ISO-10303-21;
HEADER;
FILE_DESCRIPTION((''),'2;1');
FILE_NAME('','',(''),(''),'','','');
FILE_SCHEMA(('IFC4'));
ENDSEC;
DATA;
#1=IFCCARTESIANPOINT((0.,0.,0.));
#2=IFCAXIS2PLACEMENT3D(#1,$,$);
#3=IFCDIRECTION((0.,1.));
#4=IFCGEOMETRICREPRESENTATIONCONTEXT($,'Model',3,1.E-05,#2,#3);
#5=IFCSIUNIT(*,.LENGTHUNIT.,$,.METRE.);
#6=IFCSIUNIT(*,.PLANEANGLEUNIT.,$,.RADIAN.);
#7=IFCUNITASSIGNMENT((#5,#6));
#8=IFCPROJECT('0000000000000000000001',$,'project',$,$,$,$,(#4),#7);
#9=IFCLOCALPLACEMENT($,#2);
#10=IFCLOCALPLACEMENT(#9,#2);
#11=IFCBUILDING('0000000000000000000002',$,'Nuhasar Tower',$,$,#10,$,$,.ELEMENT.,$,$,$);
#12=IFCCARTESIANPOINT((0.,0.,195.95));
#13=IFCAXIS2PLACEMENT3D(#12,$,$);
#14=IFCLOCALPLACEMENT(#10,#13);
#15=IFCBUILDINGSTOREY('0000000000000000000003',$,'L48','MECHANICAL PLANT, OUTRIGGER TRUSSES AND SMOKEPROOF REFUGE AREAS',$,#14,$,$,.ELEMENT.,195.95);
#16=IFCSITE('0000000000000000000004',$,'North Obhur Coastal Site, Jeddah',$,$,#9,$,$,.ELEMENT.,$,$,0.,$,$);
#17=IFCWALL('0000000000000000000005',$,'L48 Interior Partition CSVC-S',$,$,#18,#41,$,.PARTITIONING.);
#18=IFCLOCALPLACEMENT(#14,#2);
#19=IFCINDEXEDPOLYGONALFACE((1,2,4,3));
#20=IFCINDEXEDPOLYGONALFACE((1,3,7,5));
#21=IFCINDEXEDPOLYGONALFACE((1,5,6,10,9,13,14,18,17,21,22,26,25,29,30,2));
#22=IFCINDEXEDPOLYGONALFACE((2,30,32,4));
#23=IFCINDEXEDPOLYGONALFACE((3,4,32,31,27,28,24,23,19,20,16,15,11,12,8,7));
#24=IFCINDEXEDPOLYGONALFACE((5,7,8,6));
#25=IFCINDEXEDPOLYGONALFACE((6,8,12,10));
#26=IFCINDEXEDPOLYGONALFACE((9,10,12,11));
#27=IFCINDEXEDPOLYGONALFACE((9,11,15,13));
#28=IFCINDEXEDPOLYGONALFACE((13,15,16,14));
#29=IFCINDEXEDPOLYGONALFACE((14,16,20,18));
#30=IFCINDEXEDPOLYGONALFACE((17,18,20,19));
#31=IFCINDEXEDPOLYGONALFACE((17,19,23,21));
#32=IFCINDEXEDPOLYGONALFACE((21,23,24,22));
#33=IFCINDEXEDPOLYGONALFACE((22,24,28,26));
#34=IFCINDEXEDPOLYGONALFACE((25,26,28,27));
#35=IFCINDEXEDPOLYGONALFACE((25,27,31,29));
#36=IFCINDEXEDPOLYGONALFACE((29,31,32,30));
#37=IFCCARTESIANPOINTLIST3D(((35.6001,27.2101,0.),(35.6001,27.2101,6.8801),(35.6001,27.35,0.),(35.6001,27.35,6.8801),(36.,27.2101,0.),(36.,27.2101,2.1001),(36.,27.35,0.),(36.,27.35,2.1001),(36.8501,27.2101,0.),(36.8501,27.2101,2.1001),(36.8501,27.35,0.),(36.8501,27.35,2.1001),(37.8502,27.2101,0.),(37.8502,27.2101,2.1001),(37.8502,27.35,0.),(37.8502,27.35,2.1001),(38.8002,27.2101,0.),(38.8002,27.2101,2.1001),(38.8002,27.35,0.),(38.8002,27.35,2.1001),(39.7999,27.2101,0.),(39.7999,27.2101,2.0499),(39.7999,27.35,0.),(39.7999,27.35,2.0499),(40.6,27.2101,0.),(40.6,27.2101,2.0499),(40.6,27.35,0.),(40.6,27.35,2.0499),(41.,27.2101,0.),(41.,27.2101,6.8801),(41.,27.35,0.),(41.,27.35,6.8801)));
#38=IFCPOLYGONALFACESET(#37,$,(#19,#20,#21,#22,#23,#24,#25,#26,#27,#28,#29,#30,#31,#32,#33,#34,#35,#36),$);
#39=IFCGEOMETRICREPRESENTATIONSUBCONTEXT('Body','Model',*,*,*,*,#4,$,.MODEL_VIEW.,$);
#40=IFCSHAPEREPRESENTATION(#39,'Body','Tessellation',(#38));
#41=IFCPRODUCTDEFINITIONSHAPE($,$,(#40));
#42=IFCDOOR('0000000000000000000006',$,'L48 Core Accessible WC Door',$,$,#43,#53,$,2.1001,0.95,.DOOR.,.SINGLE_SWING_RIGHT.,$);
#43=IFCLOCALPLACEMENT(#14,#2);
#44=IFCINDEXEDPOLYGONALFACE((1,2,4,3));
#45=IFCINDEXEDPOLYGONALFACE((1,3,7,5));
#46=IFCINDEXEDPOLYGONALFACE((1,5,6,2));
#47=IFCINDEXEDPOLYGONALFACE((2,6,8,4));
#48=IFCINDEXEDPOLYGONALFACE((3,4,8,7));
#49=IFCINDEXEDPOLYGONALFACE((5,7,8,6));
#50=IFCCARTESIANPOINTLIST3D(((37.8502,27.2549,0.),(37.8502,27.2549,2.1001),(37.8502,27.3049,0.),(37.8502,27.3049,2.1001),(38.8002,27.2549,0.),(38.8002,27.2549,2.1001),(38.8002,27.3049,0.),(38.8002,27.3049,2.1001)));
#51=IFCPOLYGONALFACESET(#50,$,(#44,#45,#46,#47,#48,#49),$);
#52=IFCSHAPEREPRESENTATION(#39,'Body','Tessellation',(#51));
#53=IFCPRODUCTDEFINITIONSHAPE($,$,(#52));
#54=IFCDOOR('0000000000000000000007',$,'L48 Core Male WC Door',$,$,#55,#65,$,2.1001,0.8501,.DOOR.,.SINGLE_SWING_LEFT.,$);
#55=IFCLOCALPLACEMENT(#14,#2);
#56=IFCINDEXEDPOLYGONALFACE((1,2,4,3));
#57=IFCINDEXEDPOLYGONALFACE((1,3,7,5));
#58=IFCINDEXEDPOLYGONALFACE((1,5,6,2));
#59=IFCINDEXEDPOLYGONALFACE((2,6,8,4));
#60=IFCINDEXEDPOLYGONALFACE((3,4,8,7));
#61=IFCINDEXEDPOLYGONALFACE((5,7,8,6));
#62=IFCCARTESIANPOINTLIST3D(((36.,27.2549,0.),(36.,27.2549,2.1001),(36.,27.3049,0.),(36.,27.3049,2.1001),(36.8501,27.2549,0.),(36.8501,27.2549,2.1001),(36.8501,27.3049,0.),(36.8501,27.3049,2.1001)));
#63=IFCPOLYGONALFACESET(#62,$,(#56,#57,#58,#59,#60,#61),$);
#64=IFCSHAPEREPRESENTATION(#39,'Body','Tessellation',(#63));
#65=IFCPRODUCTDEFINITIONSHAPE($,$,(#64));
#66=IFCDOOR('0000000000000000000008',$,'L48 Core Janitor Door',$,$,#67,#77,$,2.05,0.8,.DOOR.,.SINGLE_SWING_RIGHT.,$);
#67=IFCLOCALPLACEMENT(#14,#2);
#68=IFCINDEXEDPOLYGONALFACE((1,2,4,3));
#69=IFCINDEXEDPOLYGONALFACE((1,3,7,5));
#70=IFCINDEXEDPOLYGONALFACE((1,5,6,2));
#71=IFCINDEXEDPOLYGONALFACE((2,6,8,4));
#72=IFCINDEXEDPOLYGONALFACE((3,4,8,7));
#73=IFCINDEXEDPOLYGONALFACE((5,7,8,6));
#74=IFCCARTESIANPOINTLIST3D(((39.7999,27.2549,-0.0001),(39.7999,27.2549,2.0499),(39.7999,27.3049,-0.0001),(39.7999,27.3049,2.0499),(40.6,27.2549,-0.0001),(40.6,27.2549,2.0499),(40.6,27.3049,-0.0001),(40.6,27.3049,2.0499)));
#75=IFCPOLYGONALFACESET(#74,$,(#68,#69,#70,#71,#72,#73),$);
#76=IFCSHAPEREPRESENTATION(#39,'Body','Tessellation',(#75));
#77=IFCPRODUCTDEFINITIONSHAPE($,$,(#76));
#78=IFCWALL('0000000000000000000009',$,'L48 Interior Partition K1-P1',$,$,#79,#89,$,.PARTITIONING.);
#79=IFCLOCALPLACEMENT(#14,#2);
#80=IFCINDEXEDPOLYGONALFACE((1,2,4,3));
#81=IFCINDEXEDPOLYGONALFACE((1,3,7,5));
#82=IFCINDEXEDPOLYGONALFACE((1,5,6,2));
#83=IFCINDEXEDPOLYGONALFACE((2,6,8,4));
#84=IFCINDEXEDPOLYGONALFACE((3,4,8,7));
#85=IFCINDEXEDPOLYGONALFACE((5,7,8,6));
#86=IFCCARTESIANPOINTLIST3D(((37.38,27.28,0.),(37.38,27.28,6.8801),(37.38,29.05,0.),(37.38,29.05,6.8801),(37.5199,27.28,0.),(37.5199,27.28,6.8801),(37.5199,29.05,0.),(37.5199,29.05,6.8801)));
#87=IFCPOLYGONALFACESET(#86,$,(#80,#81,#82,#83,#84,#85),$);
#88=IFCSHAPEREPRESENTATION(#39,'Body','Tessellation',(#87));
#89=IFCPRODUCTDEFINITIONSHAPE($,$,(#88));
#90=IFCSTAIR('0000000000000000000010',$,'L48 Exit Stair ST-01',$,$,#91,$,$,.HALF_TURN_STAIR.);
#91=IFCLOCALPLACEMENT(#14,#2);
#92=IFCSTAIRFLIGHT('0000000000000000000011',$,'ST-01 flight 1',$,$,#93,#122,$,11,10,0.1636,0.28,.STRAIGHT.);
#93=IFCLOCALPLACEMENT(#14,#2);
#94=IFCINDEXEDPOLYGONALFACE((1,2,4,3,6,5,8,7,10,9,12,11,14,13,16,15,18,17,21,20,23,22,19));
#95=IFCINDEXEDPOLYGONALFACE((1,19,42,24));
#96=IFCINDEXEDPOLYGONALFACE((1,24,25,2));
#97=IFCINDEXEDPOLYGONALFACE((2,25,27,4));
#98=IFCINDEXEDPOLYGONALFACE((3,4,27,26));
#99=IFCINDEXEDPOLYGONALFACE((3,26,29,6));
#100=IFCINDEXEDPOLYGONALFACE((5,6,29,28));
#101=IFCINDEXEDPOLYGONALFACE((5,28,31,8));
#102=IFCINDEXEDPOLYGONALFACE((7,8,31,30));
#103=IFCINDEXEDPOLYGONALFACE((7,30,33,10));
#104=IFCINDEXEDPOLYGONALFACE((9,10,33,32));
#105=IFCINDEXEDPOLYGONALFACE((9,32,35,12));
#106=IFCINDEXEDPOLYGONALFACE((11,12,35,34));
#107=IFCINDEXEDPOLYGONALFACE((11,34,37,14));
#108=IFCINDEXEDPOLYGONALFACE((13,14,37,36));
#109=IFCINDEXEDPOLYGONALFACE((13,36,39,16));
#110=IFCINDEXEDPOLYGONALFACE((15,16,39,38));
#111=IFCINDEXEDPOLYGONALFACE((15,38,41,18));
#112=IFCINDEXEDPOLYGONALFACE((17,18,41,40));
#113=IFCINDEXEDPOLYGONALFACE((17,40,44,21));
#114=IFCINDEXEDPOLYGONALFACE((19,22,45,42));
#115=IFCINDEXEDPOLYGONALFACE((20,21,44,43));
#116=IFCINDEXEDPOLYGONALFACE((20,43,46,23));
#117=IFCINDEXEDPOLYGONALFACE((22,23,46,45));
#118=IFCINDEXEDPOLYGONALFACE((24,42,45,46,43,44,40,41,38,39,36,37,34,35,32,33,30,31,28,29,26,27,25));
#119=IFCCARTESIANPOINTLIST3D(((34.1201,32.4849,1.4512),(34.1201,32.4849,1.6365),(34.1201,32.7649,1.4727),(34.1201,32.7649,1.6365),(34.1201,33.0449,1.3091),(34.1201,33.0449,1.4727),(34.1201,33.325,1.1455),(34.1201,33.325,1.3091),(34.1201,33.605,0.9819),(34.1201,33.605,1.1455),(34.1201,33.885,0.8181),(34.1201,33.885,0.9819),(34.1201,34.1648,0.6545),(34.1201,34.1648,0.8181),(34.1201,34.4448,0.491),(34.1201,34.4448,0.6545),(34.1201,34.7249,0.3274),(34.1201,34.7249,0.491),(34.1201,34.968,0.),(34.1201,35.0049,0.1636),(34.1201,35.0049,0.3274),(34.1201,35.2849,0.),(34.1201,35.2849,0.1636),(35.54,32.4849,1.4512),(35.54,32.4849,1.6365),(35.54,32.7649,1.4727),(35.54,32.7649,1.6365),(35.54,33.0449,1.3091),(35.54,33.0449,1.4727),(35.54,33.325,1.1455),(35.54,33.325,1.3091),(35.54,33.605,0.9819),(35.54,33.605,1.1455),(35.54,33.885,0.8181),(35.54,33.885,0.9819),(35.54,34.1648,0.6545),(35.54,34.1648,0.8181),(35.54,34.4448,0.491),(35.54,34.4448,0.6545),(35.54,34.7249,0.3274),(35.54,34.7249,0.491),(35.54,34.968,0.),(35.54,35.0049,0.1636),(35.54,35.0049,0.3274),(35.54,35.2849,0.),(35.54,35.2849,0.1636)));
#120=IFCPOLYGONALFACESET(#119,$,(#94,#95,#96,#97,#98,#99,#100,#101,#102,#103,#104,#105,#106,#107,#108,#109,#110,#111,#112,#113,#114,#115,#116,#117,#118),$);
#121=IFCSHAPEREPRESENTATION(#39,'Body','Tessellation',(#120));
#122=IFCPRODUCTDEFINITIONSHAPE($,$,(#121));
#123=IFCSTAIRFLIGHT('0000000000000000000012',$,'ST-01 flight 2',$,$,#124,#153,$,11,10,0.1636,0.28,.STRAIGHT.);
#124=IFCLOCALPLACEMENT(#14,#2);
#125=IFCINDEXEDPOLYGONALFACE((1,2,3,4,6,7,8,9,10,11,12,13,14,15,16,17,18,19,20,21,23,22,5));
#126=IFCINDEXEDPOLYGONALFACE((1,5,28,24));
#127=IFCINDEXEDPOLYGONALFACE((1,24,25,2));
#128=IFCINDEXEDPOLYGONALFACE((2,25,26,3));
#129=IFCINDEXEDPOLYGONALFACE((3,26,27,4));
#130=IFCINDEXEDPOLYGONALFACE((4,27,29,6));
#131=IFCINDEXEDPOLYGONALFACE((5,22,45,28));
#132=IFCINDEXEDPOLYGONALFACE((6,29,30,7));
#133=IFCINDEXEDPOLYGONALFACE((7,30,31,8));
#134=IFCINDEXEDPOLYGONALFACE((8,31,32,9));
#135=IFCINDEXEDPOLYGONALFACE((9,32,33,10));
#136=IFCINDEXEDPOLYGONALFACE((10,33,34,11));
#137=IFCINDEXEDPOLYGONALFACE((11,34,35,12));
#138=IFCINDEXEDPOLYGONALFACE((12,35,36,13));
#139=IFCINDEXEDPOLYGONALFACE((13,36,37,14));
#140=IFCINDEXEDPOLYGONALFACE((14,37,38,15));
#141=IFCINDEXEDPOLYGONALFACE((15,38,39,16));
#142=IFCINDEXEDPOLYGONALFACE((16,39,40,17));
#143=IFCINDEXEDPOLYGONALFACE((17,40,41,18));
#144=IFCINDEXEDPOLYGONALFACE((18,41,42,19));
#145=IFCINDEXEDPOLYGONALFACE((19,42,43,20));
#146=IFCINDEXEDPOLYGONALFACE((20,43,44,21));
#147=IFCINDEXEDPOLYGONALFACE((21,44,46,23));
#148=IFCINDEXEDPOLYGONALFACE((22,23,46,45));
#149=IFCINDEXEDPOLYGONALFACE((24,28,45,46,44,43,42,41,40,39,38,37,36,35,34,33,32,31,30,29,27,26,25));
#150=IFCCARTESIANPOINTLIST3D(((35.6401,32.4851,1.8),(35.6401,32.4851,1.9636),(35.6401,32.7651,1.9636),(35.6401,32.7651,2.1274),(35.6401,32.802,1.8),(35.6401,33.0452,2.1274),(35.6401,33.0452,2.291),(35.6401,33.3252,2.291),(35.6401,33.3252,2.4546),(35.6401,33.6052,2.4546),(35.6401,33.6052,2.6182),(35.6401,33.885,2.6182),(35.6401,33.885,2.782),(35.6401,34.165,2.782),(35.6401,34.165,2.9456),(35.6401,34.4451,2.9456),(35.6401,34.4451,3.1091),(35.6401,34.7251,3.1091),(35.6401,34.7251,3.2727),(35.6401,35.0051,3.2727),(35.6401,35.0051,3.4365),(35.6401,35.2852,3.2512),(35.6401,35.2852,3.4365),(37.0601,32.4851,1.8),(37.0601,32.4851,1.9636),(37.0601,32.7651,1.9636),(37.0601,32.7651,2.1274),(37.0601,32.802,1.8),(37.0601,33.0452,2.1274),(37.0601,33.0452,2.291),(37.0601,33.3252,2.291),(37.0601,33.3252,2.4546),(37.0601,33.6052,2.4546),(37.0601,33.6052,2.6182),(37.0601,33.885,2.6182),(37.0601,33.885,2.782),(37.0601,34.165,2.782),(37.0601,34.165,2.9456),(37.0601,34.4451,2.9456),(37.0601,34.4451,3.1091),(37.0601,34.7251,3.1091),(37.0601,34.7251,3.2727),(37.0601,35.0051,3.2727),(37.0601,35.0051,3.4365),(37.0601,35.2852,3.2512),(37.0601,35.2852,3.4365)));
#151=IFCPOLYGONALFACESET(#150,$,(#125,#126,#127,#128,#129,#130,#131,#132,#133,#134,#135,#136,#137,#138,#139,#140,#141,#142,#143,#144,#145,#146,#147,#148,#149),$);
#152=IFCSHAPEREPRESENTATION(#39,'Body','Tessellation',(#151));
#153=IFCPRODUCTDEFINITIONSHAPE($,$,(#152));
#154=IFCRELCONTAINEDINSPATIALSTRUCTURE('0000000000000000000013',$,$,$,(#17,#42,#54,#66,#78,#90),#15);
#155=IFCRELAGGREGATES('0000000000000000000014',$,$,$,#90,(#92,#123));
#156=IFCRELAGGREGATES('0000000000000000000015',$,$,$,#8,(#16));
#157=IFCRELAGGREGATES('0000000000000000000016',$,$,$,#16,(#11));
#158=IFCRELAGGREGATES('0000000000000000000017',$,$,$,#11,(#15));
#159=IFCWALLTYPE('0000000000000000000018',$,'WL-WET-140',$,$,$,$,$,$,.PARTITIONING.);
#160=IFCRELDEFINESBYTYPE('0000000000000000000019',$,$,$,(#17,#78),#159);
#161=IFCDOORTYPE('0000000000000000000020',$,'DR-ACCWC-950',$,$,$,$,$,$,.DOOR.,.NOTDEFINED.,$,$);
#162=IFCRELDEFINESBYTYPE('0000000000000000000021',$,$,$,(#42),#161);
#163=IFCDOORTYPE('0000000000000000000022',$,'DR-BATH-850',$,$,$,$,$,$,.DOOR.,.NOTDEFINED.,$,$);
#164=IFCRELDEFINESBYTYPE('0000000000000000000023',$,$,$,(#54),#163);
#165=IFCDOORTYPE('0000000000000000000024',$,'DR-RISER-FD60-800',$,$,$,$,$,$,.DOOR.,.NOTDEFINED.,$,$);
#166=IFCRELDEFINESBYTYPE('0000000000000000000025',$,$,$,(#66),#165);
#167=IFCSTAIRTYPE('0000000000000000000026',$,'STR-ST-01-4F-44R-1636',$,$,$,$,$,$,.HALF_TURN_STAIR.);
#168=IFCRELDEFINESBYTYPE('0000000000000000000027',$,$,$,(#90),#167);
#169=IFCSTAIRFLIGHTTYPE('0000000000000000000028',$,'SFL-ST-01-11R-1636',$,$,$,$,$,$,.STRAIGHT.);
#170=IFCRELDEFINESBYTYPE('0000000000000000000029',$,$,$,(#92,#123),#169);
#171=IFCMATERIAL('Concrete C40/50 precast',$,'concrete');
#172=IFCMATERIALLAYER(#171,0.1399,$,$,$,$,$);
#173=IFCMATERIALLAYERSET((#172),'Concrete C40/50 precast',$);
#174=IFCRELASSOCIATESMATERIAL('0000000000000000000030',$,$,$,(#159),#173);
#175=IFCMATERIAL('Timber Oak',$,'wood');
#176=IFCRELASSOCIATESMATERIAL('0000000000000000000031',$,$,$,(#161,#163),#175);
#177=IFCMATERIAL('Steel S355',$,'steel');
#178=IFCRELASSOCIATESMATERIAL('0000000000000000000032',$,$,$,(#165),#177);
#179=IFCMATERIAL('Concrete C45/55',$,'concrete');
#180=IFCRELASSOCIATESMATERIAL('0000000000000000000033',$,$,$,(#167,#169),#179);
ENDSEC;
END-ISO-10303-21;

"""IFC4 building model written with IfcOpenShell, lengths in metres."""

from ifc_helpers import new_model, si_unit, direction, frame, frame_2d, origin, place, context, subcontext, project, spatial, polyline, rectangle, outline, extrude, material, layer, layer_set, type_object, element, fill, aggregate, save


model = new_model("IFC4")

# Units and contexts
model_context = context("Model", 3, precision=1e-05, world=origin(), true_north=direction((0.0, 1.0)))
body_context = subcontext(model_context, "Body", "Model", "MODEL_VIEW")
ifc_project = project(units=[si_unit("LENGTHUNIT", "METRE"), si_unit("PLANEANGLEUNIT", "RADIAN")], contexts=[model_context])

# Site, building, storey
site_placement = place(None, origin())
site = spatial("IfcSite", under=ifc_project, at=site_placement, Name="North Obhur Coastal Site, Jeddah", CompositionType="ELEMENT", RefElevation=0.0)
building_placement = place(site_placement, origin())
building = spatial("IfcBuilding", under=site, at=building_placement, Name="Nuhasar Tower", CompositionType="ELEMENT")
storey_placement = place(building_placement, frame((0.0, 0.0, 195.95)))
storey = spatial("IfcBuildingStorey", under=building, at=storey_placement, Name="L48", Description="MECHANICAL PLANT, OUTRIGGER TRUSSES AND SMOKEPROOF REFUGE AREAS", CompositionType="ELEMENT", Elevation=195.95)

# Shared definitions
ifc_material_1 = material(Name="Steel S355", Category="steel")

# Wall, openings, doors
ifc_material_2 = material(Name="Concrete C40/50 precast", Category="concrete")
ifc_layer_1 = layer(ifc_material_2, 0.1399)
ifc_layer_set_1 = layer_set([ifc_layer_1], Name="Concrete C40/50 precast")
wall_type_1 = type_object("IfcWallType", Name="WL-WET-140", PredefinedType="PARTITIONING", material=ifc_layer_set_1)
wall_1_placement = place(storey_placement, frame((35.6001, 27.28, 0.0), z_axis=(0.0, 0.0, 1.0), x_axis=(1.0, 0.0, 0.0)))
wall_1 = element("IfcWall", 1, at=wall_1_placement, inside=storey, type_object=wall_type_1, Name="L48 Interior Partition CSVC-S", PredefinedType="PARTITIONING", context=body_context, shape_type="SweptSolid", body=[
    extrude(rectangle(XDim=5.3999, YDim=0.1399, at=frame_2d((2.7, 0.0))), origin(), (0.0, 0.0, 1.0), 6.8801),
])
opening_1_placement = place(wall_1_placement, frame((0.3999, 0.0, 0.0)))
opening_1 = element("IfcOpeningElement", 2, at=opening_1_placement, cuts=wall_1, PredefinedType="OPENING", context=body_context, shape_type="SweptSolid", body=[
    extrude(rectangle(XDim=0.8501, YDim=2.1001, at=frame_2d((0.425, 1.05))), frame((0.0, 0.0801, 0.0), z_axis=(0.0, -1.0, 0.0), x_axis=(1.0, 0.0, 0.0)), (0.0, 0.0, 1.0), 0.1599),
])
opening_2_placement = place(wall_1_placement, frame((2.25, 0.0, 0.0)))
opening_2 = element("IfcOpeningElement", 3, at=opening_2_placement, cuts=wall_1, PredefinedType="OPENING", context=body_context, shape_type="SweptSolid", body=[
    extrude(rectangle(XDim=0.95, YDim=2.1001, at=frame_2d((0.4751, 1.05))), frame((0.0, 0.0801, 0.0), z_axis=(0.0, -1.0, 0.0), x_axis=(1.0, 0.0, 0.0)), (0.0, 0.0, 1.0), 0.1599),
])
opening_3_placement = place(wall_1_placement, frame((4.2, 0.0, 0.0)))
opening_3 = element("IfcOpeningElement", 4, at=opening_3_placement, cuts=wall_1, PredefinedType="OPENING", context=body_context, shape_type="SweptSolid", body=[
    extrude(rectangle(XDim=0.8, YDim=2.05, at=frame_2d((0.3999, 1.0249))), frame((0.0, 0.0801, 0.0), z_axis=(0.0, -1.0, 0.0), x_axis=(1.0, 0.0, 0.0)), (0.0, 0.0, 1.0), 0.1599),
])
ifc_material_3 = material(Name="Timber Oak", Category="wood")
door_type_1 = type_object("IfcDoorType", Name="DR-ACCWC-950", OperationType="NOTDEFINED", PredefinedType="DOOR", material=ifc_material_3)
door_1_placement = place(opening_2_placement, origin())
door_1 = element("IfcDoor", 5, at=door_1_placement, inside=storey, type_object=door_type_1, Name="L48 Core Accessible WC Door", OperationType="SINGLE_SWING_RIGHT", OverallHeight=2.1001, OverallWidth=0.95, PredefinedType="DOOR", context=body_context, shape_type="SweptSolid", body=[
    extrude(rectangle(XDim=0.95, YDim=2.1001, at=frame_2d((0.4751, 1.05))), frame((0.0, 0.0249, 0.0), z_axis=(0.0, -1.0, 0.0), x_axis=(1.0, 0.0, 0.0)), (0.0, 0.0, 1.0), 0.05),
])
fill(opening_2, door_1)
door_type_2 = type_object("IfcDoorType", Name="DR-BATH-850", OperationType="NOTDEFINED", PredefinedType="DOOR", material=ifc_material_3)
door_2_placement = place(opening_1_placement, origin())
door_2 = element("IfcDoor", 6, at=door_2_placement, inside=storey, type_object=door_type_2, Name="L48 Core Male WC Door", OperationType="SINGLE_SWING_LEFT", OverallHeight=2.1001, OverallWidth=0.8501, PredefinedType="DOOR", context=body_context, shape_type="SweptSolid", body=[
    extrude(rectangle(XDim=0.8501, YDim=2.1001, at=frame_2d((0.425, 1.05))), frame((0.0, 0.0249, 0.0), z_axis=(0.0, -1.0, 0.0), x_axis=(1.0, 0.0, 0.0)), (0.0, 0.0, 1.0), 0.05),
])
fill(opening_1, door_2)
door_type_3 = type_object("IfcDoorType", Name="DR-RISER-FD60-800", OperationType="NOTDEFINED", PredefinedType="DOOR", material=ifc_material_1)
door_3_placement = place(opening_3_placement, origin())
door_3 = element("IfcDoor", 7, at=door_3_placement, inside=storey, type_object=door_type_3, Name="L48 Core Janitor Door", OperationType="SINGLE_SWING_RIGHT", OverallHeight=2.05, OverallWidth=0.8, PredefinedType="DOOR", context=body_context, shape_type="SweptSolid", body=[
    extrude(rectangle(XDim=0.8, YDim=2.05, at=frame_2d((0.3999, 1.0249))), frame((0.0, 0.0249, 0.0), z_axis=(0.0, -1.0, 0.0), x_axis=(1.0, 0.0, 0.0)), (0.0, 0.0, 1.0), 0.05),
])
fill(opening_3, door_3)

# Wall
wall_2_placement = place(storey_placement, frame((37.45, 27.28, 0.0), z_axis=(0.0, 0.0, 1.0), x_axis=(0.0, 1.0, 0.0)))
element("IfcWall", 8, at=wall_2_placement, inside=storey, type_object=wall_type_1, Name="L48 Interior Partition K1-P1", PredefinedType="PARTITIONING", context=body_context, shape_type="SweptSolid", body=[
    extrude(rectangle(XDim=1.77, YDim=0.1399, at=frame_2d((0.885, 0.0))), origin(), (0.0, 0.0, 1.0), 6.8801),
])

# Stair, stair flights
ifc_material_4 = material(Name="Concrete C45/55", Category="concrete")
stair_type_1 = type_object("IfcStairType", Name="STR-ST-01-4F-44R-1636", PredefinedType="HALF_TURN_STAIR", material=ifc_material_4)
stair_1_placement = place(storey_placement, origin())
stair_1 = element("IfcStair", 9, at=stair_1_placement, inside=storey, type_object=stair_type_1, Name="L48 Exit Stair ST-01", PredefinedType="HALF_TURN_STAIR")
stair_flight_type_1 = type_object("IfcStairFlightType", Name="SFL-ST-01-11R-1636", PredefinedType="STRAIGHT", material=ifc_material_4)
stair_flight_1_placement = place(storey_placement, frame((34.8301, 35.2849, 0.0), z_axis=(0.0, 0.0, 1.0), x_axis=(0.0, -1.0, 0.0)))
stair_flight_1 = element("IfcStairFlight", 10, at=stair_flight_1_placement, type_object=stair_flight_type_1, Name="ST-01 flight 1", NumberOfRisers=11, NumberOfTreads=10, PredefinedType="STRAIGHT", RiserHeight=0.1636, TreadLength=0.28, context=body_context, shape_type="SweptSolid", body=[
    extrude(outline(polyline([(0.0, 0.0), (0.0, 0.1636), (0.28, 0.1636), (0.28, 0.3274), (0.5601, 0.3274), (0.5601, 0.491), (0.8401, 0.491), (0.8401, 0.6545), (1.1201, 0.6545), (1.1201, 0.8181), (1.3999, 0.8181), (1.3999, 0.9819), (1.6799, 0.9819), (1.6799, 1.1455), (1.96, 1.1455), (1.96, 1.3091), (2.24, 1.3091), (2.24, 1.4727), (2.52, 1.4727), (2.52, 1.6365), (2.8, 1.6365), (2.8, 1.8), (2.8, 1.4512), (0.3169, 0.0), (0.0, 0.0)])), frame((0.0, 0.71, 0.0), z_axis=(0.0, -1.0, 0.0), x_axis=(1.0, 0.0, 0.0)), (0.0, 0.0, 1.0), 1.4199),
])
stair_flight_2_placement = place(storey_placement, frame((36.3501, 32.4851, 1.8), z_axis=(0.0, 0.0, 1.0), x_axis=(0.0, 1.0, 0.0)))
stair_flight_2 = element("IfcStairFlight", 11, at=stair_flight_2_placement, type_object=stair_flight_type_1, Name="ST-01 flight 2", NumberOfRisers=11, NumberOfTreads=10, PredefinedType="STRAIGHT", RiserHeight=0.1636, TreadLength=0.28, context=body_context, shape_type="SweptSolid", body=[
    extrude(outline(polyline([(0.0, 0.0), (0.0, 0.1636), (0.28, 0.1636), (0.28, 0.3274), (0.5601, 0.3274), (0.5601, 0.491), (0.8401, 0.491), (0.8401, 0.6545), (1.1201, 0.6545), (1.1201, 0.8181), (1.3999, 0.8181), (1.3999, 0.9819), (1.6799, 0.9819), (1.6799, 1.1455), (1.96, 1.1455), (1.96, 1.3091), (2.24, 1.3091), (2.24, 1.4727), (2.52, 1.4727), (2.52, 1.6365), (2.8, 1.6365), (2.8, 1.8), (2.8, 1.4512), (0.3169, 0.0), (0.0, 0.0)])), frame((0.0, 0.71, 0.0), z_axis=(0.0, -1.0, 0.0), x_axis=(1.0, 0.0, 0.0)), (0.0, 0.0, 1.0), 1.4199),
])
aggregate(stair_1, [stair_flight_1, stair_flight_2])

save(model, "model.ifc")
